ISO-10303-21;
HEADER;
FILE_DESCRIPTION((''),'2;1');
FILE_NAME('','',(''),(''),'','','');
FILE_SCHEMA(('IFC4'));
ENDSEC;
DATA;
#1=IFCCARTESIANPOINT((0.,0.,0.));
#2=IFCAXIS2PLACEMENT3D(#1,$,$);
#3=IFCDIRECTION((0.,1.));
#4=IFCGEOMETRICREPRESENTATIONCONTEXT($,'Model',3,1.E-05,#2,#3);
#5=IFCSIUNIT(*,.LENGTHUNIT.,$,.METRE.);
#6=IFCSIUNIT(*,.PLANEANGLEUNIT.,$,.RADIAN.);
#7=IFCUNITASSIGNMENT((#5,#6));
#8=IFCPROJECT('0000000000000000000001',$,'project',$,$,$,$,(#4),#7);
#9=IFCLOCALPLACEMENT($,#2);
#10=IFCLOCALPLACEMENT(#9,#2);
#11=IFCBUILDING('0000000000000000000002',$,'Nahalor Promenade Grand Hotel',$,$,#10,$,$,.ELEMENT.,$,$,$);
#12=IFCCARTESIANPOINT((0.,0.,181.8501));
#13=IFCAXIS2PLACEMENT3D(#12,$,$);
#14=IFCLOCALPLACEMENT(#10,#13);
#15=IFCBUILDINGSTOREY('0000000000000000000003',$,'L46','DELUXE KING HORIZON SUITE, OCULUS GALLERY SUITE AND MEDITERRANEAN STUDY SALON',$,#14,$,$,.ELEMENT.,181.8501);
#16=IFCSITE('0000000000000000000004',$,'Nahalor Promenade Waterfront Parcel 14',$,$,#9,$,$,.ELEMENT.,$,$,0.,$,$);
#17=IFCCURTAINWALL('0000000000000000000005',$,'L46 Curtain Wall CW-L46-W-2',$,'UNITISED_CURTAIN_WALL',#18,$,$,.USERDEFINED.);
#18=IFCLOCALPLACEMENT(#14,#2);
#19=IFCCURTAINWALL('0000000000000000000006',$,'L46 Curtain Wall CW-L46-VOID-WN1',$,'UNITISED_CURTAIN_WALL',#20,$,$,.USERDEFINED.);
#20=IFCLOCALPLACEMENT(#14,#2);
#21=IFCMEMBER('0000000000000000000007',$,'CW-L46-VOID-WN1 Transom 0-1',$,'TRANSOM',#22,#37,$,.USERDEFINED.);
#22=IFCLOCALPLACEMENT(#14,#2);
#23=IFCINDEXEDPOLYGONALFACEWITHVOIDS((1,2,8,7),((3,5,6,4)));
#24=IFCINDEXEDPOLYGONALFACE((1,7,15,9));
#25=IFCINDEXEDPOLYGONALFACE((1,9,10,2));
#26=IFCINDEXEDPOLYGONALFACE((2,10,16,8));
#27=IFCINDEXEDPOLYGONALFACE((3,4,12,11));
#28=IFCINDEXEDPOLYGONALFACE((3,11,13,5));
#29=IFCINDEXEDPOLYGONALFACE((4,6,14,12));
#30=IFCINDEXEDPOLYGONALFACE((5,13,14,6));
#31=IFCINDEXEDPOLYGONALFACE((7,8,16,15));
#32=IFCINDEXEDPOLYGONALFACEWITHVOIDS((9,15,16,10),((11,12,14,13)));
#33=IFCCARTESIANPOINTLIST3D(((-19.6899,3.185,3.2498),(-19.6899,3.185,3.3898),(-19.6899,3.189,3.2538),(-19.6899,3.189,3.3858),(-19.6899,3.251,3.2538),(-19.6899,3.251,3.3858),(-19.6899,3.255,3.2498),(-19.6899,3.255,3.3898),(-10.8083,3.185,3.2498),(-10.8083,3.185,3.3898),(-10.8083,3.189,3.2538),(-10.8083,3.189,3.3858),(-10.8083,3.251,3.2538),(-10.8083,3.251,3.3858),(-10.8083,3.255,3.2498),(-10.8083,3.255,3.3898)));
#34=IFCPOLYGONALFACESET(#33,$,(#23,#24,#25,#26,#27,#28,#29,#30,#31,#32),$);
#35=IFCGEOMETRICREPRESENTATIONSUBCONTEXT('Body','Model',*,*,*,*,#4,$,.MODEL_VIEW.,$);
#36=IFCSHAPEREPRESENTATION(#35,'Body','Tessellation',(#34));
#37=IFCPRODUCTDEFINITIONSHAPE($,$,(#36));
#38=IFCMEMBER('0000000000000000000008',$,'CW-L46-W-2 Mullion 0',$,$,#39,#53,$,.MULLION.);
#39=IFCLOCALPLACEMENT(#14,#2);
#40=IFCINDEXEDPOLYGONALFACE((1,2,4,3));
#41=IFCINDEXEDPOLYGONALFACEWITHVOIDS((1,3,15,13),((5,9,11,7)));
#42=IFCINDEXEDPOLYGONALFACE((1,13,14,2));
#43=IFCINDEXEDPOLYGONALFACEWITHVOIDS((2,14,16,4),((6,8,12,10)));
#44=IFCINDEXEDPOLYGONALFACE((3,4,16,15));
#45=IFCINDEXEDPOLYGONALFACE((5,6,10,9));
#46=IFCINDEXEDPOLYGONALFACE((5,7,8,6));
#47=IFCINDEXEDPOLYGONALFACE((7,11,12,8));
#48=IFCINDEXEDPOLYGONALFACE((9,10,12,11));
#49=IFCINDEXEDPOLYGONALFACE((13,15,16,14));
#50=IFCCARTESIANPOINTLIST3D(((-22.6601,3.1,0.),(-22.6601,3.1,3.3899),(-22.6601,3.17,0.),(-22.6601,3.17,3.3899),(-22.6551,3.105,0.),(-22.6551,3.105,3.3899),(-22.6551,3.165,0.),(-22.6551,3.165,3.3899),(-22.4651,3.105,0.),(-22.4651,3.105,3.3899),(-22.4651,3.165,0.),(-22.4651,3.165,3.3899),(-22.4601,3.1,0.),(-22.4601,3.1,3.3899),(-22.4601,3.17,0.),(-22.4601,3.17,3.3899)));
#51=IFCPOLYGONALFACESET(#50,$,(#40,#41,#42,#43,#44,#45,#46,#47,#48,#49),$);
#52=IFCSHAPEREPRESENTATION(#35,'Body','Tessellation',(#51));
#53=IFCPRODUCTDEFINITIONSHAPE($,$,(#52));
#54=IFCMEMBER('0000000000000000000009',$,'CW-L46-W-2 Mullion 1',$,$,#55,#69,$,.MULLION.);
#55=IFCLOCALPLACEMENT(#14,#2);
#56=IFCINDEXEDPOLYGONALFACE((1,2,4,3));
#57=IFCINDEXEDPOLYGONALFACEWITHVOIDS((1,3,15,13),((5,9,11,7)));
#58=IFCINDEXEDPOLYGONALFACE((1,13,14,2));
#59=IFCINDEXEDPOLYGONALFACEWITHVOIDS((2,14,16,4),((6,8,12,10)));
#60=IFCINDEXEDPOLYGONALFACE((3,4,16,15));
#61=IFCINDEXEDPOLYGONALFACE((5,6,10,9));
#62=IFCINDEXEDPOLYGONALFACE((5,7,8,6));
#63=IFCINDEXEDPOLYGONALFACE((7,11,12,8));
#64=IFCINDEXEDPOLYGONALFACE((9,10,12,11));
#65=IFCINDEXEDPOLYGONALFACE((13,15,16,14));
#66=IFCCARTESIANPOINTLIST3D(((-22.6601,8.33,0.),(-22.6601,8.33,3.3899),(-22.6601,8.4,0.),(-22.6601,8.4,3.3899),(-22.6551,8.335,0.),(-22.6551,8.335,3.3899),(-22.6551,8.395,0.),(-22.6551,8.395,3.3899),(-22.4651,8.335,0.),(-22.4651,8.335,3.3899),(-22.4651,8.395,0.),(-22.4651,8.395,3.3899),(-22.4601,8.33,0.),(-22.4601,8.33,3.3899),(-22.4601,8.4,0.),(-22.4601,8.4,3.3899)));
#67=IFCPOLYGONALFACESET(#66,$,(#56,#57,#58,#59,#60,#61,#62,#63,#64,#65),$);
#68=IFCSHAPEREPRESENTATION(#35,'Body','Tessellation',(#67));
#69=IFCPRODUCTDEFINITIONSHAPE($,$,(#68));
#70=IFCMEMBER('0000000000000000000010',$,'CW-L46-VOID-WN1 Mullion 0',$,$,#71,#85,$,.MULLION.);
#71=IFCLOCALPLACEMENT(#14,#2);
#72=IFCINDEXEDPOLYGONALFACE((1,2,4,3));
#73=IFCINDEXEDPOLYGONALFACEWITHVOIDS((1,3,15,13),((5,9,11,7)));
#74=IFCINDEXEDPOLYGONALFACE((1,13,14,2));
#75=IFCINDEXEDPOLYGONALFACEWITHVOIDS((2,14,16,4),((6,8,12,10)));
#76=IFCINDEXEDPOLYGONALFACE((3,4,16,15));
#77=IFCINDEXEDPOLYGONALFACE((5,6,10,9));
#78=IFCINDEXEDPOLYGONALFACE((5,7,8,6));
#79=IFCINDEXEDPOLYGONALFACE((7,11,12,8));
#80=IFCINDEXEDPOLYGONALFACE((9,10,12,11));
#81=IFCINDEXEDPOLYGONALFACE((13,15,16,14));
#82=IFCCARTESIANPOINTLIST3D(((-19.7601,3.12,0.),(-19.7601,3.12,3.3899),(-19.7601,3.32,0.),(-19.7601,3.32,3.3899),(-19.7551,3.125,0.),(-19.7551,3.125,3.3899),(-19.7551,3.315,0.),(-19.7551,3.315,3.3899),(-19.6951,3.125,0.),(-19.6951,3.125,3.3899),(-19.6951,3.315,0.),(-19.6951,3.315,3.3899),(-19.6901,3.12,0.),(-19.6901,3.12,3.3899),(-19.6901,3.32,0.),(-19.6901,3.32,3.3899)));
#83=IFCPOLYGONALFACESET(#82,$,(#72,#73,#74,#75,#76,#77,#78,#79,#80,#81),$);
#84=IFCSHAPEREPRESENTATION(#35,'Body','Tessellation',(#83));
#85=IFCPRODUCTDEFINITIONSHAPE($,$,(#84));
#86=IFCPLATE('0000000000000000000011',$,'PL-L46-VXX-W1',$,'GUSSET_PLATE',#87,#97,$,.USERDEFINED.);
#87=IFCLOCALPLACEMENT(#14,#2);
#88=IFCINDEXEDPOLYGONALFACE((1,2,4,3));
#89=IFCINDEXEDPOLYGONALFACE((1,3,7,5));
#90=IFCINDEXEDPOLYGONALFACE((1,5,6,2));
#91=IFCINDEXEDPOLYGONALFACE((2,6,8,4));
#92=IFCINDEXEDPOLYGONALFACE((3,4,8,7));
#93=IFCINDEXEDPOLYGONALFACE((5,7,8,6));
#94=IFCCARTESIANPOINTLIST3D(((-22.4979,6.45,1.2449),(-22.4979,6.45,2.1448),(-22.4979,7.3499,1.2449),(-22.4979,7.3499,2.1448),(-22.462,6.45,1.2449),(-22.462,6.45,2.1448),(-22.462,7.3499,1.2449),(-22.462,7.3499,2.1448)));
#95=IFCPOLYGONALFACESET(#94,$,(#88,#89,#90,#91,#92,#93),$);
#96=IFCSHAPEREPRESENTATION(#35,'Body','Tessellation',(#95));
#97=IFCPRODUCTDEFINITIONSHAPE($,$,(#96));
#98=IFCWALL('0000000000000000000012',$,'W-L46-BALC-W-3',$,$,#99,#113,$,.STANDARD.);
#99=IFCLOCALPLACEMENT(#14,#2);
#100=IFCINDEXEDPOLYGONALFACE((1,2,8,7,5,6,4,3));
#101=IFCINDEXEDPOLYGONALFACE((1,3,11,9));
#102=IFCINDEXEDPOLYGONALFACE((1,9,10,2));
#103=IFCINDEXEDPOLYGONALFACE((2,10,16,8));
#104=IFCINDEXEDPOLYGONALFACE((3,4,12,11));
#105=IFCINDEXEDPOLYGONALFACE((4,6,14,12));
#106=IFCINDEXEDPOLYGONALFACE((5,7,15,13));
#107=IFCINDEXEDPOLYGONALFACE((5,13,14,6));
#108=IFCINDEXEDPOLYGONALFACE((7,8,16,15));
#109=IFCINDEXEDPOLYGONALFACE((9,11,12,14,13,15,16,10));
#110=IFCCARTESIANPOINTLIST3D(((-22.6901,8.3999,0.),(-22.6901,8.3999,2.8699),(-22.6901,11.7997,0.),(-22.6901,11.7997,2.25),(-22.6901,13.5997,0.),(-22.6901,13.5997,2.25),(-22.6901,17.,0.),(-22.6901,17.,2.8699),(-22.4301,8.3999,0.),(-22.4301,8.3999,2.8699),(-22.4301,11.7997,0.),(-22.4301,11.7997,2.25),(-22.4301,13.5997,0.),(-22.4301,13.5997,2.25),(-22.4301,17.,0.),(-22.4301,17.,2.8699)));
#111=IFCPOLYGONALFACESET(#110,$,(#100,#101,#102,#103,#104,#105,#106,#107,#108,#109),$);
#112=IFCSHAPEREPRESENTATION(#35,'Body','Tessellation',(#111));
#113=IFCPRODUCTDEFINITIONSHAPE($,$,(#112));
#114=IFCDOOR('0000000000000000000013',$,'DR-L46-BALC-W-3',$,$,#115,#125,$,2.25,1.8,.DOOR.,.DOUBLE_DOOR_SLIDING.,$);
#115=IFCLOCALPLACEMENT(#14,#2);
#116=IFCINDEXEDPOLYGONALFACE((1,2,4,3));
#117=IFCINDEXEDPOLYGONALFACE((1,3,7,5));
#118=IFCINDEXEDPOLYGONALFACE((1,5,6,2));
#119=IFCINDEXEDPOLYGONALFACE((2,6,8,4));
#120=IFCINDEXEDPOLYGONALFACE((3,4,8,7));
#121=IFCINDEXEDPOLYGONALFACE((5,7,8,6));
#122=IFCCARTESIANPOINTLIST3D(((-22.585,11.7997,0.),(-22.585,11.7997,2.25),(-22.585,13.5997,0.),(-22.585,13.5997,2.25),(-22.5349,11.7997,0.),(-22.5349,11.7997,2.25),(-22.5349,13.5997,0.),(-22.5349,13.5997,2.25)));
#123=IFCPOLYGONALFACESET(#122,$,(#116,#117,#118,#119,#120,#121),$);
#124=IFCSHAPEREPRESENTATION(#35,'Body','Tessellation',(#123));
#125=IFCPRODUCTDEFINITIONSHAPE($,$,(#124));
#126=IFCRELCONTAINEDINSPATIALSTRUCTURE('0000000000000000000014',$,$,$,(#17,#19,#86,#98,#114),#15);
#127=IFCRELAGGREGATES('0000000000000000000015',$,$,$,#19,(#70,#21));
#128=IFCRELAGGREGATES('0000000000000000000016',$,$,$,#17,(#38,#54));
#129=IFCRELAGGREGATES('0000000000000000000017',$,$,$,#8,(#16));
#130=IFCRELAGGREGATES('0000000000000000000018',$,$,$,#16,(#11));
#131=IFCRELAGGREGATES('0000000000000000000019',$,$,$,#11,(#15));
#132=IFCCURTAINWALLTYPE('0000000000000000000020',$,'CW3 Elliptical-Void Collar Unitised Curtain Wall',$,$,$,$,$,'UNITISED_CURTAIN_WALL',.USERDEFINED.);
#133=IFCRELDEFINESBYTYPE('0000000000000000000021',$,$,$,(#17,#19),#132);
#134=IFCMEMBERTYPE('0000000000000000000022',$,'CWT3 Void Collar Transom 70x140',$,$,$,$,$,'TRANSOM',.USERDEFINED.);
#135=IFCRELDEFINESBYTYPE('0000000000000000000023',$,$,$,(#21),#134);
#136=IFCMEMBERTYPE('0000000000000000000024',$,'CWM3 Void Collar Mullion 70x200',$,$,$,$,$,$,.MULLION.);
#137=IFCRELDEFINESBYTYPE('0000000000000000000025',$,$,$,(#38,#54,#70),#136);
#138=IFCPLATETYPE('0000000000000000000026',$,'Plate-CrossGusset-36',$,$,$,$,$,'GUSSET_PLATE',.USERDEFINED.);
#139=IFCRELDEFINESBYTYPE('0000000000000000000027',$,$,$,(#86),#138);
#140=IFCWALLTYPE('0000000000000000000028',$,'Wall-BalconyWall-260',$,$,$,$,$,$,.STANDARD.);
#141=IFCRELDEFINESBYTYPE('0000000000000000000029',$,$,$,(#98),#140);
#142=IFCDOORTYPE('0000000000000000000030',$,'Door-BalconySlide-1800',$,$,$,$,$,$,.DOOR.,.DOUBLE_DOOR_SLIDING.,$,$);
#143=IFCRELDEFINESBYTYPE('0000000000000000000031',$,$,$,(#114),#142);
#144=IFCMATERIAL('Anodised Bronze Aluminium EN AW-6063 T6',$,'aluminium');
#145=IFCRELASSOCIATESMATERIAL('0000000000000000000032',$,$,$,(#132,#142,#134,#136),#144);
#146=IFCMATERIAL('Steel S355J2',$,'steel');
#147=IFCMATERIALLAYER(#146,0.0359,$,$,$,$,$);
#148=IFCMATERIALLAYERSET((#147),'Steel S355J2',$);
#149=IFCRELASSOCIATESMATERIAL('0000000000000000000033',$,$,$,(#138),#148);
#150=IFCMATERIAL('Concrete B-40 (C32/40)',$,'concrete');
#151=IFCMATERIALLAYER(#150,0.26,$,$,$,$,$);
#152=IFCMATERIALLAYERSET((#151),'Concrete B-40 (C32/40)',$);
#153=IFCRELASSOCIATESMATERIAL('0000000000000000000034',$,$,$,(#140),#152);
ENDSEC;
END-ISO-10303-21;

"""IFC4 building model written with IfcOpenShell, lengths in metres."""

from ifc_helpers import new_model, si_unit, direction, frame, frame_2d, origin, origin_2d, place, context, subcontext, project, spatial, rectangle, hollow_rectangle, extrude, source, transform, mapped, material, layer, layer_set, material_profile, profile_set, type_object, element, fill, aggregate, save


model = new_model("IFC4")

# Units and contexts
model_context = context("Model", 3, precision=1e-05, world=origin(), true_north=direction((0.0, 1.0)))
body_context = subcontext(model_context, "Body", "Model", "MODEL_VIEW")
ifc_project = project(units=[si_unit("LENGTHUNIT", "METRE"), si_unit("PLANEANGLEUNIT", "RADIAN")], contexts=[model_context])

# Site, building, storey
site_placement = place(None, origin())
site = spatial("IfcSite", under=ifc_project, at=site_placement, Name="Nahalor Promenade Waterfront Parcel 14", CompositionType="ELEMENT", RefElevation=0.0)
building_placement = place(site_placement, origin())
building = spatial("IfcBuilding", under=site, at=building_placement, Name="Nahalor Promenade Grand Hotel", CompositionType="ELEMENT")
storey_placement = place(building_placement, frame((0.0, 0.0, 181.8501)))
storey = spatial("IfcBuildingStorey", under=building, at=storey_placement, Name="L46", Description="DELUXE KING HORIZON SUITE, OCULUS GALLERY SUITE AND MEDITERRANEAN STUDY SALON", CompositionType="ELEMENT", Elevation=181.8501)

# Shared definitions
ifc_material_1 = material(Name="Steel S355J2", Category="steel")

# Curtain walls, member
ifc_material_2 = material(Name="Anodised Bronze Aluminium EN AW-6063 T6", Category="aluminium")
curtain_wall_type = type_object("IfcCurtainWallType", Name="CW3 Elliptical-Void Collar Unitised Curtain Wall", ElementType="UNITISED_CURTAIN_WALL", PredefinedType="USERDEFINED", material=ifc_material_2)
curtain_wall_1_placement = place(storey_placement, origin())
curtain_wall_1 = element("IfcCurtainWall", 1, at=curtain_wall_1_placement, inside=storey, type_object=curtain_wall_type, Name="L46 Curtain Wall CW-L46-W-2", ObjectType="UNITISED_CURTAIN_WALL", PredefinedType="USERDEFINED")
ifc_material_profile_1 = material_profile(ifc_material_2, hollow_rectangle(XDim=0.07, YDim=0.14, WallThickness=0.004, at=origin_2d()), Name="CWT 70x140x4")
ifc_profile_set_1 = profile_set([ifc_material_profile_1], Name="Anodised Bronze Aluminium EN AW-6063 T6")
member_type_1 = type_object("IfcMemberType", Name="CWT3 Void Collar Transom 70x140", ElementType="TRANSOM", PredefinedType="USERDEFINED", material=ifc_profile_set_1)
curtain_wall_2_placement = place(storey_placement, origin())
curtain_wall_2 = element("IfcCurtainWall", 2, at=curtain_wall_2_placement, inside=storey, type_object=curtain_wall_type, Name="L46 Curtain Wall CW-L46-VOID-WN1", ObjectType="UNITISED_CURTAIN_WALL", PredefinedType="USERDEFINED")
shared_shape_1 = source(origin(), body_context, "Body", "SweptSolid", [
    extrude(hollow_rectangle(XDim=0.07, YDim=0.14, WallThickness=0.004, at=origin_2d()), origin(), (0.0, 0.0, 1.0), 8.8816),
])
member_1_placement = place(storey_placement, frame((-19.6899, 3.22, 3.3198), z_axis=(1.0, 0.0, 0.0), x_axis=(0.0, 1.0, 0.0)))
member_1 = element("IfcMember", 3, at=member_1_placement, type_object=member_type_1, Name="CW-L46-VOID-WN1 Transom 0-1", ObjectType="TRANSOM", PredefinedType="USERDEFINED", context=body_context, shape_type="MappedRepresentation", body=[
    mapped(shared_shape_1, transform((0.0, 0.0, 0.0), scale=1.0)),
])

# Members
ifc_material_profile_2 = material_profile(ifc_material_2, hollow_rectangle(XDim=0.07, YDim=0.2, WallThickness=0.005, at=origin_2d()), Name="CWM 70x200x5")
ifc_profile_set_2 = profile_set([ifc_material_profile_2], Name="Anodised Bronze Aluminium EN AW-6063 T6")
member_type_2 = type_object("IfcMemberType", Name="CWM3 Void Collar Mullion 70x200", PredefinedType="MULLION", material=ifc_profile_set_2)
shared_shape_2 = source(origin(), body_context, "Body", "SweptSolid", [
    extrude(hollow_rectangle(XDim=0.07, YDim=0.2, WallThickness=0.005, at=origin_2d()), origin(), (0.0, 0.0, 1.0), 3.3899),
])
member_2_placement = place(storey_placement, frame((-22.5601, 3.135, 0.0), z_axis=(0.0, 0.0, 1.0), x_axis=(0.0, 1.0, 0.0)))
member_2 = element("IfcMember", 4, at=member_2_placement, type_object=member_type_2, Name="CW-L46-W-2 Mullion 0", PredefinedType="MULLION", context=body_context, shape_type="MappedRepresentation", body=[
    mapped(shared_shape_2, transform((0.0, 0.0, 0.0), scale=1.0)),
])
member_3_placement = place(storey_placement, frame((-22.5601, 8.365, 0.0), z_axis=(0.0, 0.0, 1.0), x_axis=(0.0, 1.0, 0.0)))
member_3 = element("IfcMember", 5, at=member_3_placement, type_object=member_type_2, Name="CW-L46-W-2 Mullion 1", PredefinedType="MULLION", context=body_context, shape_type="MappedRepresentation", body=[
    mapped(shared_shape_2, transform((0.0, 0.0, 0.0), scale=1.0)),
])
member_4_placement = place(storey_placement, frame((-19.7251, 3.22, 0.0), z_axis=(0.0, 0.0, 1.0), x_axis=(1.0, 0.0, 0.0)))
member_4 = element("IfcMember", 6, at=member_4_placement, type_object=member_type_2, Name="CW-L46-VOID-WN1 Mullion 0", PredefinedType="MULLION", context=body_context, shape_type="MappedRepresentation", body=[
    mapped(shared_shape_2, transform((0.0, 0.0, 0.0), scale=1.0)),
])
aggregate(curtain_wall_2, [member_4, member_1])

# Plate
aggregate(curtain_wall_1, [member_2, member_3])
ifc_layer_1 = layer(ifc_material_1, 0.0359)
ifc_layer_set_1 = layer_set([ifc_layer_1], Name="Steel S355J2")
plate_type_1 = type_object("IfcPlateType", Name="Plate-CrossGusset-36", ElementType="GUSSET_PLATE", PredefinedType="USERDEFINED", material=ifc_layer_set_1)
shared_shape_3 = source(origin(), body_context, "Body", "SweptSolid", [
    extrude(rectangle(XDim=0.8999, YDim=0.0359, at=origin_2d()), origin(), (0.0, 0.0, 1.0), 0.8999),
])
plate_1_placement = place(storey_placement, frame((-22.48, 6.8999, 1.2449), z_axis=(0.0, 0.0, 1.0), x_axis=(0.0, 1.0, 0.0)))
element("IfcPlate", 7, at=plate_1_placement, inside=storey, type_object=plate_type_1, Name="PL-L46-VXX-W1", ObjectType="GUSSET_PLATE", PredefinedType="USERDEFINED", context=body_context, shape_type="MappedRepresentation", body=[
    mapped(shared_shape_3, transform((0.0, 0.0, 0.0), scale=1.0)),
])

# Wall, opening, door
ifc_material_3 = material(Name="Concrete B-40 (C32/40)", Category="concrete")
ifc_layer_2 = layer(ifc_material_3, 0.26)
ifc_layer_set_2 = layer_set([ifc_layer_2], Name="Concrete B-40 (C32/40)")
wall_type_1 = type_object("IfcWallType", Name="Wall-BalconyWall-260", PredefinedType="STANDARD", material=ifc_layer_set_2)
shared_shape_4 = source(origin(), body_context, "Body", "SweptSolid", [
    extrude(rectangle(XDim=8.6001, YDim=0.26, at=frame_2d((4.3, 0.0))), origin(), (0.0, 0.0, 1.0), 2.8699),
])
wall_1_placement = place(storey_placement, frame((-22.5601, 8.3999, 0.0), z_axis=(0.0, 0.0, 1.0), x_axis=(0.0, 1.0, 0.0)))
wall_1 = element("IfcWall", 8, at=wall_1_placement, inside=storey, type_object=wall_type_1, Name="W-L46-BALC-W-3", PredefinedType="STANDARD", context=body_context, shape_type="MappedRepresentation", body=[
    mapped(shared_shape_4, transform((0.0, 0.0, 0.0), scale=1.0)),
])
opening_1_placement = place(wall_1_placement, frame((3.3999, 0.0, 0.0)))
opening_1 = element("IfcOpeningElement", 9, at=opening_1_placement, cuts=wall_1, PredefinedType="OPENING", context=body_context, shape_type="SweptSolid", body=[
    extrude(rectangle(XDim=1.8, YDim=2.25, at=frame_2d((0.8999, 1.125))), frame((0.0, 0.1399, 0.0), z_axis=(0.0, -1.0, 0.0), x_axis=(1.0, 0.0, 0.0)), (0.0, 0.0, 1.0), 0.28),
])
door_type_1 = type_object("IfcDoorType", Name="Door-BalconySlide-1800", OperationType="DOUBLE_DOOR_SLIDING", PredefinedType="DOOR", material=ifc_material_2)
shared_shape_5 = source(origin(), body_context, "Body", "SweptSolid", [
    extrude(rectangle(XDim=1.8, YDim=2.25, at=frame_2d((0.8999, 1.125))), frame((0.0, 0.0249, 0.0), z_axis=(0.0, -1.0, 0.0), x_axis=(1.0, 0.0, 0.0)), (0.0, 0.0, 1.0), 0.05),
])
door_1_placement = place(opening_1_placement, origin())
door_1 = element("IfcDoor", 10, at=door_1_placement, inside=storey, type_object=door_type_1, Name="DR-L46-BALC-W-3", OperationType="DOUBLE_DOOR_SLIDING", OverallHeight=2.25, OverallWidth=1.8, PredefinedType="DOOR", context=body_context, shape_type="MappedRepresentation", body=[
    mapped(shared_shape_5, transform((0.0, 0.0, 0.0), scale=1.0)),
])
fill(opening_1, door_1)

save(model, "model.ifc")
